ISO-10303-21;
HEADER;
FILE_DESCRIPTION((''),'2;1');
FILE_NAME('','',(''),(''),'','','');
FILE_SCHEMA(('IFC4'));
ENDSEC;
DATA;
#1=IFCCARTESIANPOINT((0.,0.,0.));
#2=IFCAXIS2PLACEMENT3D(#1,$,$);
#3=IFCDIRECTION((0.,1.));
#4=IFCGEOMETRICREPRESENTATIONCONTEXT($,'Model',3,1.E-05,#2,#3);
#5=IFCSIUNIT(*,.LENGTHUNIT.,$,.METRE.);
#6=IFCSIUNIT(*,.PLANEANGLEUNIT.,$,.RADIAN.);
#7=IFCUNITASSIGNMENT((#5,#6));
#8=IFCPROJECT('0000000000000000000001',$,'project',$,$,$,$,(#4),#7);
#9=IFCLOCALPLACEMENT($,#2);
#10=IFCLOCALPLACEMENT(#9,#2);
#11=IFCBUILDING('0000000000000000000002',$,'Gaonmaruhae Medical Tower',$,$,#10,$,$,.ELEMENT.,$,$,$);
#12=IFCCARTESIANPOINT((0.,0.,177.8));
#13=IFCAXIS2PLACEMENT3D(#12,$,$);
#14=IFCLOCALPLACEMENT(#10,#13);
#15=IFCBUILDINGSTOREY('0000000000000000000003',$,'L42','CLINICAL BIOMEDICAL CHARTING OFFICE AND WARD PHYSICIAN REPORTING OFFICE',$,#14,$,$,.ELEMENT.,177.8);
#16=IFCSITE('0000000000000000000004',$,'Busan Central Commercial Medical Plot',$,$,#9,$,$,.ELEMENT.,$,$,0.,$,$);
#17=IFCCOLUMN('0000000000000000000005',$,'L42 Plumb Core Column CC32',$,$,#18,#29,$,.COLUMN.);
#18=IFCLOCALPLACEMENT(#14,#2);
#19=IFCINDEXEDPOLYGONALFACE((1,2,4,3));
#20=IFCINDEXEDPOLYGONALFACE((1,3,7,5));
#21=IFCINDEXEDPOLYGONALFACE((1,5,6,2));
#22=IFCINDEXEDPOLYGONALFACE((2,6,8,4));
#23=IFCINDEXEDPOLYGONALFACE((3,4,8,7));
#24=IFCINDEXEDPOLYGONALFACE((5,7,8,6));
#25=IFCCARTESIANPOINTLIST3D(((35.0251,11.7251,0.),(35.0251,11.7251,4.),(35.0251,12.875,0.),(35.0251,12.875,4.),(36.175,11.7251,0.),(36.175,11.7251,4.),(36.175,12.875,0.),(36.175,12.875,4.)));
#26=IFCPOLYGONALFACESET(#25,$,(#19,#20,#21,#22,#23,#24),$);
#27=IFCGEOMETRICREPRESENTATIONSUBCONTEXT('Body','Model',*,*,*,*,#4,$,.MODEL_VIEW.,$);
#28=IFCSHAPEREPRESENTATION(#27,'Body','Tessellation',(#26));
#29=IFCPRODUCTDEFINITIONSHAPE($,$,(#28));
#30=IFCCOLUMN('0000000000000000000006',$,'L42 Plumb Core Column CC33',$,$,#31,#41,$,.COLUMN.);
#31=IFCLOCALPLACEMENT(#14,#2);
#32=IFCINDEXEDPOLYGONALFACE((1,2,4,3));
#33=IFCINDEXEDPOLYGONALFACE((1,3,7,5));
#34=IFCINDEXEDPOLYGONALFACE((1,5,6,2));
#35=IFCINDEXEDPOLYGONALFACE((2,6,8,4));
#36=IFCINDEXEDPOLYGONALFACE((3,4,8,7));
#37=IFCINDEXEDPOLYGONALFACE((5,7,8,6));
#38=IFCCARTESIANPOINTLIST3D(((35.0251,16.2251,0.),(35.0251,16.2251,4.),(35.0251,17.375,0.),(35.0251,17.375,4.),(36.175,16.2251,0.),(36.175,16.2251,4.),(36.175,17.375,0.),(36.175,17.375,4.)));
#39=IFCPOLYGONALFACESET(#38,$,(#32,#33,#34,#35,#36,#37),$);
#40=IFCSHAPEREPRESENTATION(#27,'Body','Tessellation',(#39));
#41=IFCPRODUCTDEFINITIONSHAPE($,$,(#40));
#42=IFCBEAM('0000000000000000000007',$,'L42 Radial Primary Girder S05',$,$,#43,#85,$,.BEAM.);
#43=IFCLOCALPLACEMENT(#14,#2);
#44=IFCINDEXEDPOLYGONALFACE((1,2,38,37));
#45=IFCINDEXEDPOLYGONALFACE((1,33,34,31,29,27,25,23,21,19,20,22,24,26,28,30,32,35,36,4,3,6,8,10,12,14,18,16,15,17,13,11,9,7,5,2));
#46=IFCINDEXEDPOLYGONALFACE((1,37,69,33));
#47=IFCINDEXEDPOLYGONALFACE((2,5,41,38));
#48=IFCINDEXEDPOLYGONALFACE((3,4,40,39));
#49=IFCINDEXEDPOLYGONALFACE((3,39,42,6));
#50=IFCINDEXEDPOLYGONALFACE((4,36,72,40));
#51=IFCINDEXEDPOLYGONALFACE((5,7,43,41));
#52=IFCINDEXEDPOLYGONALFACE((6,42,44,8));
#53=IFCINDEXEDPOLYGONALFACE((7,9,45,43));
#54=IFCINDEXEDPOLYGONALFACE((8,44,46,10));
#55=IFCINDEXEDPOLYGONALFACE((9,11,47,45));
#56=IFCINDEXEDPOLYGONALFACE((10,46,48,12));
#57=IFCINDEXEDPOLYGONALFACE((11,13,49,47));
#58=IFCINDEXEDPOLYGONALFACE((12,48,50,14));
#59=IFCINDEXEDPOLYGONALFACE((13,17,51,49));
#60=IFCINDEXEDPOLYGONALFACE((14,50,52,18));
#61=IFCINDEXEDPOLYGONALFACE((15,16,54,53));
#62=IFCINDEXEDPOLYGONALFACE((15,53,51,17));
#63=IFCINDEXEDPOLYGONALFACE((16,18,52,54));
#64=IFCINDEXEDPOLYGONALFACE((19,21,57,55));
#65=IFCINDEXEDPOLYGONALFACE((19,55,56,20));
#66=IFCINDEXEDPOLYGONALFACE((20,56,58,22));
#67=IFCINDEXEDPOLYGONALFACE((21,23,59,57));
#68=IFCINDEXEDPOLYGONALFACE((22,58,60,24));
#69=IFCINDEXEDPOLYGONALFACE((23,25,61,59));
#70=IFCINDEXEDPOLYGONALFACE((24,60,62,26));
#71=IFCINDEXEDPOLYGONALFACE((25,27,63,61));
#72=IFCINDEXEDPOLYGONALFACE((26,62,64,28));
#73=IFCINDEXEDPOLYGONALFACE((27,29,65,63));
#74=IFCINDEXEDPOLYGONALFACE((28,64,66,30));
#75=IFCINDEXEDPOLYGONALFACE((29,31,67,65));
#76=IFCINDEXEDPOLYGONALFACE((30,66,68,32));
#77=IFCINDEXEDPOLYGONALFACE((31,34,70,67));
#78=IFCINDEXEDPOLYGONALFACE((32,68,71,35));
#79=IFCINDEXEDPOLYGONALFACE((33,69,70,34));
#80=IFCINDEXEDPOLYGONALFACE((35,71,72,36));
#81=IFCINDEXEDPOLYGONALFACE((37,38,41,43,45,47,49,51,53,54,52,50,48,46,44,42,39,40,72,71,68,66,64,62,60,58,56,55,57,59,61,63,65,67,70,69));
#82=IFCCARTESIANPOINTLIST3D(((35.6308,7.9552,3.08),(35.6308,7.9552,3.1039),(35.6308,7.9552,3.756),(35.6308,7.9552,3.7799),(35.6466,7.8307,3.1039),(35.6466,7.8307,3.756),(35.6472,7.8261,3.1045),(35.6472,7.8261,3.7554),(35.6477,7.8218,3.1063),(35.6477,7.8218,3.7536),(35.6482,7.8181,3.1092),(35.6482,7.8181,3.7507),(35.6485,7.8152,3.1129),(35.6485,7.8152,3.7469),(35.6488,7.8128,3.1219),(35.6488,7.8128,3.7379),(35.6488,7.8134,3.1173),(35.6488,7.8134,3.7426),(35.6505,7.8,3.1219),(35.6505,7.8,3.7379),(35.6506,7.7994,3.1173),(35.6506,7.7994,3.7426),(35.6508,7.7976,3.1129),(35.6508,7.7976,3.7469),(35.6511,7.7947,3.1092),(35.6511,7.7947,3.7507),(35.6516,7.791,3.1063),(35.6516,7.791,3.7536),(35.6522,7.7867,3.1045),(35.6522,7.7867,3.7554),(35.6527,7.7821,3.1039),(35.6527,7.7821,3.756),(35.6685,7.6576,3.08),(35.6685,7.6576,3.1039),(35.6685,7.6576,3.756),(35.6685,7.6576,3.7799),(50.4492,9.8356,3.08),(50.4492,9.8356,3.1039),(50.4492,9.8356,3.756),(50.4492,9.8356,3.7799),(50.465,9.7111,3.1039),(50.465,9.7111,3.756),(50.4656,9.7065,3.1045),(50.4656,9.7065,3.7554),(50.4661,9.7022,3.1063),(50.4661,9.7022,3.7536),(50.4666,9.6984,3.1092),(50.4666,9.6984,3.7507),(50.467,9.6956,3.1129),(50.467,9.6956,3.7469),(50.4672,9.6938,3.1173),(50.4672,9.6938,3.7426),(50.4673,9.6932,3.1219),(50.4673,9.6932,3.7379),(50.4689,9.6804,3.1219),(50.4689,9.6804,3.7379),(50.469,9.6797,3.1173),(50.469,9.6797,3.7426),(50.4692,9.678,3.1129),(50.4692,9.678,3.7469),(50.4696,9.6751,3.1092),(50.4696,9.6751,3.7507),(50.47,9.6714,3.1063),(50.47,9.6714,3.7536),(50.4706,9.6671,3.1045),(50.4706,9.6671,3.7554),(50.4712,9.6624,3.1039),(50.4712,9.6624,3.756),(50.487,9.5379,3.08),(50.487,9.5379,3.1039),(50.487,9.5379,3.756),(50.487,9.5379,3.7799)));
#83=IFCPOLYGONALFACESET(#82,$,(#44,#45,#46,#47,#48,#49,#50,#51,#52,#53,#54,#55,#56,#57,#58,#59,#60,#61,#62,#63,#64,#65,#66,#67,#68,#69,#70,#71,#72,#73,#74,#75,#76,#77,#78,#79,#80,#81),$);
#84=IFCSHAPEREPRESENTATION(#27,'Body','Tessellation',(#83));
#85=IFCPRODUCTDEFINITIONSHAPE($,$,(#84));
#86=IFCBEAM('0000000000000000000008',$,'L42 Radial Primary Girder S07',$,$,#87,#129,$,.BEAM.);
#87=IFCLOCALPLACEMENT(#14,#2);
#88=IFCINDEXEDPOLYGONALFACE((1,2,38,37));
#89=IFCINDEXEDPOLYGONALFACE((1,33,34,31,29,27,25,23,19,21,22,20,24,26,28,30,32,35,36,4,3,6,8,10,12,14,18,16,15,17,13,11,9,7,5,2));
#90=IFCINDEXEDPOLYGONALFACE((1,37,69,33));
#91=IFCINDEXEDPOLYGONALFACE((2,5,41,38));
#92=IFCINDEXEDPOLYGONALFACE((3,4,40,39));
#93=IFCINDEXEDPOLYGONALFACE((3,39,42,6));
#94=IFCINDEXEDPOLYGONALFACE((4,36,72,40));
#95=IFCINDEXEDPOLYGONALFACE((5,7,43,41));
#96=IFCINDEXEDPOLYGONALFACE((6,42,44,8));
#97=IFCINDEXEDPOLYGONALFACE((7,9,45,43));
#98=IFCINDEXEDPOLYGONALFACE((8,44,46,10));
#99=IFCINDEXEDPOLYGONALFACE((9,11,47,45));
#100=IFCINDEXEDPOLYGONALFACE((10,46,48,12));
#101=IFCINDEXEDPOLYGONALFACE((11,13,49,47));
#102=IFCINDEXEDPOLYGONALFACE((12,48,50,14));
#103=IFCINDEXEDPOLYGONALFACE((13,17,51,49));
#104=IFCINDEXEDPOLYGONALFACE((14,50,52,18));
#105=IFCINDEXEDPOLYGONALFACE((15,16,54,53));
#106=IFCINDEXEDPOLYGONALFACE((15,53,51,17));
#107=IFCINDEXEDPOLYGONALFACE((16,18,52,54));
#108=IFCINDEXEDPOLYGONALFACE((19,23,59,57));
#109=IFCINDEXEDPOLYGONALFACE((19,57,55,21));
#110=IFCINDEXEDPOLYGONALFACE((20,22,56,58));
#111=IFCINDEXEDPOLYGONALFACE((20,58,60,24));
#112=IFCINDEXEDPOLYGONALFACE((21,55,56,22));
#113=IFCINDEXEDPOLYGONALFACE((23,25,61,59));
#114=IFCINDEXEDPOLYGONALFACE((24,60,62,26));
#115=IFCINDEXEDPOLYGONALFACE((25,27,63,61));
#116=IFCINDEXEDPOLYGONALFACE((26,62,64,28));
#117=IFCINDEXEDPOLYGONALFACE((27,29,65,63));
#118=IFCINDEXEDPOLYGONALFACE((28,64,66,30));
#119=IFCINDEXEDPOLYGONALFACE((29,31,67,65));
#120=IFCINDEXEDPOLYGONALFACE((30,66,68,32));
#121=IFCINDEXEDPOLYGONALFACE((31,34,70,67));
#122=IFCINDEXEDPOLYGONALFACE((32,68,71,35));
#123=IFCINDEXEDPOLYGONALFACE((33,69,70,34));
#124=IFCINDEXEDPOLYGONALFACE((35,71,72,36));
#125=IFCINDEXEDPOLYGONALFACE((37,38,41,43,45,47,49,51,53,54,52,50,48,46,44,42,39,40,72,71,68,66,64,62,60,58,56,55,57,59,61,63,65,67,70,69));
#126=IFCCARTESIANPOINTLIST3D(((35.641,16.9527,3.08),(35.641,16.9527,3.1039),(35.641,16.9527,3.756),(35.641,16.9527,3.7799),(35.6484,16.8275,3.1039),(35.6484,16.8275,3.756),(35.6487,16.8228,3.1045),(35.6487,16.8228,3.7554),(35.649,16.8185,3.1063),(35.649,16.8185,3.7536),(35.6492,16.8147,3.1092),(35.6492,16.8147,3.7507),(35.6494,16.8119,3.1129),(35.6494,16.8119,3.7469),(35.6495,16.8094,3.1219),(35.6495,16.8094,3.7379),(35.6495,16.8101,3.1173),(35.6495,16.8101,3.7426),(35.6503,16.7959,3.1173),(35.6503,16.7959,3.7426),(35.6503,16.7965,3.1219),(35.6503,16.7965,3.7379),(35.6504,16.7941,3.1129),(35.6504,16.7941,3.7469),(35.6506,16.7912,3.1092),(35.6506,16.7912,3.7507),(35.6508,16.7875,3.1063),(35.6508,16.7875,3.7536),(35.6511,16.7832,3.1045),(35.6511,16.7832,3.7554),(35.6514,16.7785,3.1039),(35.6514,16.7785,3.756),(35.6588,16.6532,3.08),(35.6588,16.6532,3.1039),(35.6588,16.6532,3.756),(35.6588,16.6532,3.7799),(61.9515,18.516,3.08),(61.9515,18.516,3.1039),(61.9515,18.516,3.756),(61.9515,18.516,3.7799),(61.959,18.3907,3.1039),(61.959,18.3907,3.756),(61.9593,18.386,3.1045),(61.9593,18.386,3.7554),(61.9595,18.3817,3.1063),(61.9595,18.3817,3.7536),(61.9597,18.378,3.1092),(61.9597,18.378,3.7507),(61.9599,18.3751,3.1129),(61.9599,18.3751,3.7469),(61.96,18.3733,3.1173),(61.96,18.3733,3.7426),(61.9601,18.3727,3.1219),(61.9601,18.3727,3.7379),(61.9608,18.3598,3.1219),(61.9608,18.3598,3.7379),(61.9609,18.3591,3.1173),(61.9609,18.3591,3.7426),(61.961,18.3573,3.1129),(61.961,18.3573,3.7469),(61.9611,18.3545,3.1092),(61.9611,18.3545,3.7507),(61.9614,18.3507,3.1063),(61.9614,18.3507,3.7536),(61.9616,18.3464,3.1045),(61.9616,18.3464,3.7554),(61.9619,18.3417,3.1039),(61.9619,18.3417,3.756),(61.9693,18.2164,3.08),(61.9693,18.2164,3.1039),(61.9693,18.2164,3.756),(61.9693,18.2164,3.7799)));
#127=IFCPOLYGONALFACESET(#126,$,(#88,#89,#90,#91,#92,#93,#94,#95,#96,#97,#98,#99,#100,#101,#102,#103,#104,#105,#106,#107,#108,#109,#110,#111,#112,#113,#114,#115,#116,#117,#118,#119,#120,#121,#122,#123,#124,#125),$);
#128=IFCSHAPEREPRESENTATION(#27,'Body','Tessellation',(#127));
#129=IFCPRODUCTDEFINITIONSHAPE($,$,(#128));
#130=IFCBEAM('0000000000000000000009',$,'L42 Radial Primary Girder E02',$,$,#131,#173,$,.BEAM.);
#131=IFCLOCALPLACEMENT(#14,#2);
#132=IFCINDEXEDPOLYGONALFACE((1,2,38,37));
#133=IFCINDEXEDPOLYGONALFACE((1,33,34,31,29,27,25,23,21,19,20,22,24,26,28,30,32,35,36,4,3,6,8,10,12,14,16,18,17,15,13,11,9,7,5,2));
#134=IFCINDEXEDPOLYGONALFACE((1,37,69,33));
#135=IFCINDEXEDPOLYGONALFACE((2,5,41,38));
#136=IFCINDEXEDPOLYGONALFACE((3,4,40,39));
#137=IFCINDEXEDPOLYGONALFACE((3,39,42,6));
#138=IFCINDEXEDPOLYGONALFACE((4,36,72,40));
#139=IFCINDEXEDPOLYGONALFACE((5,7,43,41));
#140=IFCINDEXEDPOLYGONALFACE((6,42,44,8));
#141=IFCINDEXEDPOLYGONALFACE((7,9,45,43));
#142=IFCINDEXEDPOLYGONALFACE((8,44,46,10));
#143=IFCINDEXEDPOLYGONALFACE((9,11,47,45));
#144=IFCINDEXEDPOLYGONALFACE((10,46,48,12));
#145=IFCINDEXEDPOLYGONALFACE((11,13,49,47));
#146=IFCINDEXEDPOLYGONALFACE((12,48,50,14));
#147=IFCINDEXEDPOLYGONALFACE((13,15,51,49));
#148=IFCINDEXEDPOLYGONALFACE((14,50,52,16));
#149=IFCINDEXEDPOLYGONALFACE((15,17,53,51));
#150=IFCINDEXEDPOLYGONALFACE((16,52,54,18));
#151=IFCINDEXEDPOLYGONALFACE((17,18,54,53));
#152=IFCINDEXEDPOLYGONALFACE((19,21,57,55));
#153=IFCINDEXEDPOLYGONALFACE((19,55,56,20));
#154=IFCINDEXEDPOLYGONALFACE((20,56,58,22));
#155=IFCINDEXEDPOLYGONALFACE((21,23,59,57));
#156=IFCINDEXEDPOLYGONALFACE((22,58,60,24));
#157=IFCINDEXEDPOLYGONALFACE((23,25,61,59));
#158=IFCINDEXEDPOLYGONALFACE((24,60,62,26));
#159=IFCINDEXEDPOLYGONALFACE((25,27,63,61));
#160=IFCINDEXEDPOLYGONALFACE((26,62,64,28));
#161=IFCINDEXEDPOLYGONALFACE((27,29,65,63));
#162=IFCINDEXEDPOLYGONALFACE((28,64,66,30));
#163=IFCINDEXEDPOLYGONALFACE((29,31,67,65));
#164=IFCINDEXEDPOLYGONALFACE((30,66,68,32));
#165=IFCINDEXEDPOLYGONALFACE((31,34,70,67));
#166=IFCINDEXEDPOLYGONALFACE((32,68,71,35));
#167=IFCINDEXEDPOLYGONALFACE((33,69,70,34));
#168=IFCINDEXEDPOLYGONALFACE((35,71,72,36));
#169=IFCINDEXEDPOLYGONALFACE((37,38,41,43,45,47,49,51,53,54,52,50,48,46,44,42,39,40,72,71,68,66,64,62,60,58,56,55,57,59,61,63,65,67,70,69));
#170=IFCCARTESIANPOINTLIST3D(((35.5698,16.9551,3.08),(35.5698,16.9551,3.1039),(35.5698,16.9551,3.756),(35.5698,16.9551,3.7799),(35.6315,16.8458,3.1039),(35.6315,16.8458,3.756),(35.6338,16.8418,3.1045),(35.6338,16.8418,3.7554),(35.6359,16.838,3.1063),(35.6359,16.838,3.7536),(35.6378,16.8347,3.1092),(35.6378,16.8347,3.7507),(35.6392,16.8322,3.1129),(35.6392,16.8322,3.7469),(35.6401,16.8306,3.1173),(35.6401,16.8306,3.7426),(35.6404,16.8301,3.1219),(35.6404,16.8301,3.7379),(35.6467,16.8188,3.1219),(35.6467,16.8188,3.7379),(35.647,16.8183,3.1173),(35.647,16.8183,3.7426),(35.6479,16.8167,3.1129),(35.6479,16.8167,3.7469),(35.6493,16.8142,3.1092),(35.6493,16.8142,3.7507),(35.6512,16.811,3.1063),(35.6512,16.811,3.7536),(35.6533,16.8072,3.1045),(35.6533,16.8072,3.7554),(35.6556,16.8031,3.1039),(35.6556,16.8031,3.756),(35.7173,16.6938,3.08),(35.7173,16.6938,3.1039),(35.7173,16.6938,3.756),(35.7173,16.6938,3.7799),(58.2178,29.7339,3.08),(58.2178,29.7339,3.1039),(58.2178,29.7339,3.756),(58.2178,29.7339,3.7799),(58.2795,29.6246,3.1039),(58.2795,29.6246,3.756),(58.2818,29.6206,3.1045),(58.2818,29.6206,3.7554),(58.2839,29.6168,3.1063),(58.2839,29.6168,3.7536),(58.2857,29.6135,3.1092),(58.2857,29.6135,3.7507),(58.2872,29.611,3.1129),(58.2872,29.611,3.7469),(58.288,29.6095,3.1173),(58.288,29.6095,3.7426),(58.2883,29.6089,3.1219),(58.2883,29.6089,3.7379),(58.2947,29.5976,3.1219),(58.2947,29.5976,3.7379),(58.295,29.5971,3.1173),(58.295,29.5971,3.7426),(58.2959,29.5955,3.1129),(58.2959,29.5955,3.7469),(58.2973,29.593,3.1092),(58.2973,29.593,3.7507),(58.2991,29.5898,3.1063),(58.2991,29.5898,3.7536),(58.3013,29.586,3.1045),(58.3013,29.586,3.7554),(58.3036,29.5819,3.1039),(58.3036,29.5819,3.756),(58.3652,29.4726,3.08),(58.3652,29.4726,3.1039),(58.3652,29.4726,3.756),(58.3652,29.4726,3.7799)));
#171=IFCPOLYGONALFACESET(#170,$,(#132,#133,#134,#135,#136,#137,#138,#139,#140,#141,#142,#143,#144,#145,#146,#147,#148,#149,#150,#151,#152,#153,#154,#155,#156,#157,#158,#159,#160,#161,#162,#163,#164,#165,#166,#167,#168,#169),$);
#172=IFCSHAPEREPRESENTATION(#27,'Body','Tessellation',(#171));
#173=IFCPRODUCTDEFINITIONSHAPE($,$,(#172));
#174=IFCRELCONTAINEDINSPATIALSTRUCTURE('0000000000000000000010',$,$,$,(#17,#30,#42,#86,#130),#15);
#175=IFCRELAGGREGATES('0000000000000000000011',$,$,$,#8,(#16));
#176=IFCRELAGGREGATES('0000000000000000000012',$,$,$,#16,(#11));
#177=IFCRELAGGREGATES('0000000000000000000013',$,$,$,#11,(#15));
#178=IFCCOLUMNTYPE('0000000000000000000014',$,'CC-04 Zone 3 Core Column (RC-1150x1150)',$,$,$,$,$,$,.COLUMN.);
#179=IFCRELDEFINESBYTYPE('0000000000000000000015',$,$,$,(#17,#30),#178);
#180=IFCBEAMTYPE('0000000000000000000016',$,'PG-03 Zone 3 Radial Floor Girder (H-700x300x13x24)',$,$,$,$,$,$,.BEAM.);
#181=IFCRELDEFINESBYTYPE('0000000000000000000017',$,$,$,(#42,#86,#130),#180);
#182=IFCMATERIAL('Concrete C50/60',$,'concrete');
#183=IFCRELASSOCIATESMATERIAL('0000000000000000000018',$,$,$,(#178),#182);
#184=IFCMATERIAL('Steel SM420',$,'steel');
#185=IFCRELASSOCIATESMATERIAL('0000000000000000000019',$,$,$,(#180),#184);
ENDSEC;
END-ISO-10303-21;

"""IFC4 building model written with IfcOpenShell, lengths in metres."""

from ifc_helpers import new_model, si_unit, direction, frame, origin, origin_2d, place, context, subcontext, project, spatial, rectangle, i_section, extrude, material, material_profile, profile_set, type_object, element, save


model = new_model("IFC4")

# Units and contexts
model_context = context("Model", 3, precision=1e-05, world=origin(), true_north=direction((0.0, 1.0)))
body_context = subcontext(model_context, "Body", "Model", "MODEL_VIEW")
ifc_project = project(units=[si_unit("LENGTHUNIT", "METRE"), si_unit("PLANEANGLEUNIT", "RADIAN")], contexts=[model_context])

# Site, building, storey
site_placement = place(None, origin())
site = spatial("IfcSite", under=ifc_project, at=site_placement, Name="Busan Central Commercial Medical Plot", CompositionType="ELEMENT", RefElevation=0.0)
building_placement = place(site_placement, origin())
building = spatial("IfcBuilding", under=site, at=building_placement, Name="Gaonmaruhae Medical Tower", CompositionType="ELEMENT")
storey_placement = place(building_placement, frame((0.0, 0.0, 177.8)))
storey = spatial("IfcBuildingStorey", under=building, at=storey_placement, Name="L42", Description="CLINICAL BIOMEDICAL CHARTING OFFICE AND WARD PHYSICIAN REPORTING OFFICE", CompositionType="ELEMENT", Elevation=177.8)

# Columns
ifc_material_1 = material(Name="Concrete C50/60", Category="concrete")
ifc_material_profile_1 = material_profile(ifc_material_1, rectangle(XDim=1.1499, YDim=1.1499, at=origin_2d()), Name="RC-1150x1150")
ifc_profile_set_1 = profile_set([ifc_material_profile_1], Name="Concrete C50/60")
column_type = type_object("IfcColumnType", Name="CC-04 Zone 3 Core Column (RC-1150x1150)", PredefinedType="COLUMN", material=ifc_profile_set_1)
for number, where, z_axis, x_axis, name in (
    (1, (35.6001, 12.3, 0.0), (0.0, 0.0, 1.0), (1.0, 0.0, 0.0), "L42 Plumb Core Column CC32"),
    (2, (35.6001, 16.8, 0.0), (0.0, 0.0, 1.0), (1.0, 0.0, 0.0), "L42 Plumb Core Column CC33"),
):
    element("IfcColumn", number, at=place(storey_placement, frame(where, z_axis=z_axis, x_axis=x_axis)), inside=storey, type_object=column_type, Name=name, PredefinedType="COLUMN", context=body_context, shape_type="SweptSolid", body=[
        extrude(rectangle(XDim=1.1499, YDim=1.1499, at=origin_2d()), origin(), (0.0, 0.0, 1.0), 4.0),
    ])

# Beams
ifc_material_2 = material(Name="Steel SM420", Category="steel")
ifc_material_profile_2 = material_profile(ifc_material_2, i_section(OverallWidth=0.3, OverallDepth=0.7, WebThickness=0.0129, FlangeThickness=0.0239, FilletRadius=0.0181, at=origin_2d()), Name="H-700x300x13x24")
ifc_profile_set_2 = profile_set([ifc_material_profile_2], Name="Steel SM420")
beam_type = type_object("IfcBeamType", Name="PG-03 Zone 3 Radial Floor Girder (H-700x300x13x24)", PredefinedType="BEAM", material=ifc_profile_set_2)
beam_1_placement = place(storey_placement, frame((35.6497, 7.8064, 3.4299), z_axis=(0.992045, 0.125885, 0.0), x_axis=(-0.125885, 0.992045, 0.0)))
element("IfcBeam", 3, at=beam_1_placement, inside=storey, type_object=beam_type, Name="L42 Radial Primary Girder S05", PredefinedType="BEAM", context=body_context, shape_type="SweptSolid", body=[
    extrude(i_section(OverallWidth=0.3, OverallDepth=0.7, WebThickness=0.0129, FlangeThickness=0.0239, FilletRadius=0.0181, at=origin_2d()), origin(), (0.0, 0.0, 1.0), 14.9373),
])
beam_2_placement = place(storey_placement, frame((35.6499, 16.803, 3.4299), z_axis=(0.99824, 0.05931, 0.0), x_axis=(-0.05931, 0.99824, 0.0)))
element("IfcBeam", 4, at=beam_2_placement, inside=storey, type_object=beam_type, Name="L42 Radial Primary Girder S07", PredefinedType="BEAM", context=body_context, shape_type="SweptSolid", body=[
    extrude(i_section(OverallWidth=0.3, OverallDepth=0.7, WebThickness=0.0129, FlangeThickness=0.0239, FilletRadius=0.0181, at=origin_2d()), origin(), (0.0, 0.0, 1.0), 26.3569),
])
beam_3_placement = place(storey_placement, frame((35.6436, 16.8245, 3.4299), z_axis=(0.870928, 0.49141, 0.0), x_axis=(-0.49141, 0.870928, 0.0)))
element("IfcBeam", 5, at=beam_3_placement, inside=storey, type_object=beam_type, Name="L42 Radial Primary Girder E02", PredefinedType="BEAM", context=body_context, shape_type="SweptSolid", body=[
    extrude(i_section(OverallWidth=0.3, OverallDepth=0.7, WebThickness=0.0129, FlangeThickness=0.0239, FilletRadius=0.0181, at=origin_2d()), origin(), (0.0, 0.0, 1.0), 26.0044),
])

save(model, "model.ifc")
